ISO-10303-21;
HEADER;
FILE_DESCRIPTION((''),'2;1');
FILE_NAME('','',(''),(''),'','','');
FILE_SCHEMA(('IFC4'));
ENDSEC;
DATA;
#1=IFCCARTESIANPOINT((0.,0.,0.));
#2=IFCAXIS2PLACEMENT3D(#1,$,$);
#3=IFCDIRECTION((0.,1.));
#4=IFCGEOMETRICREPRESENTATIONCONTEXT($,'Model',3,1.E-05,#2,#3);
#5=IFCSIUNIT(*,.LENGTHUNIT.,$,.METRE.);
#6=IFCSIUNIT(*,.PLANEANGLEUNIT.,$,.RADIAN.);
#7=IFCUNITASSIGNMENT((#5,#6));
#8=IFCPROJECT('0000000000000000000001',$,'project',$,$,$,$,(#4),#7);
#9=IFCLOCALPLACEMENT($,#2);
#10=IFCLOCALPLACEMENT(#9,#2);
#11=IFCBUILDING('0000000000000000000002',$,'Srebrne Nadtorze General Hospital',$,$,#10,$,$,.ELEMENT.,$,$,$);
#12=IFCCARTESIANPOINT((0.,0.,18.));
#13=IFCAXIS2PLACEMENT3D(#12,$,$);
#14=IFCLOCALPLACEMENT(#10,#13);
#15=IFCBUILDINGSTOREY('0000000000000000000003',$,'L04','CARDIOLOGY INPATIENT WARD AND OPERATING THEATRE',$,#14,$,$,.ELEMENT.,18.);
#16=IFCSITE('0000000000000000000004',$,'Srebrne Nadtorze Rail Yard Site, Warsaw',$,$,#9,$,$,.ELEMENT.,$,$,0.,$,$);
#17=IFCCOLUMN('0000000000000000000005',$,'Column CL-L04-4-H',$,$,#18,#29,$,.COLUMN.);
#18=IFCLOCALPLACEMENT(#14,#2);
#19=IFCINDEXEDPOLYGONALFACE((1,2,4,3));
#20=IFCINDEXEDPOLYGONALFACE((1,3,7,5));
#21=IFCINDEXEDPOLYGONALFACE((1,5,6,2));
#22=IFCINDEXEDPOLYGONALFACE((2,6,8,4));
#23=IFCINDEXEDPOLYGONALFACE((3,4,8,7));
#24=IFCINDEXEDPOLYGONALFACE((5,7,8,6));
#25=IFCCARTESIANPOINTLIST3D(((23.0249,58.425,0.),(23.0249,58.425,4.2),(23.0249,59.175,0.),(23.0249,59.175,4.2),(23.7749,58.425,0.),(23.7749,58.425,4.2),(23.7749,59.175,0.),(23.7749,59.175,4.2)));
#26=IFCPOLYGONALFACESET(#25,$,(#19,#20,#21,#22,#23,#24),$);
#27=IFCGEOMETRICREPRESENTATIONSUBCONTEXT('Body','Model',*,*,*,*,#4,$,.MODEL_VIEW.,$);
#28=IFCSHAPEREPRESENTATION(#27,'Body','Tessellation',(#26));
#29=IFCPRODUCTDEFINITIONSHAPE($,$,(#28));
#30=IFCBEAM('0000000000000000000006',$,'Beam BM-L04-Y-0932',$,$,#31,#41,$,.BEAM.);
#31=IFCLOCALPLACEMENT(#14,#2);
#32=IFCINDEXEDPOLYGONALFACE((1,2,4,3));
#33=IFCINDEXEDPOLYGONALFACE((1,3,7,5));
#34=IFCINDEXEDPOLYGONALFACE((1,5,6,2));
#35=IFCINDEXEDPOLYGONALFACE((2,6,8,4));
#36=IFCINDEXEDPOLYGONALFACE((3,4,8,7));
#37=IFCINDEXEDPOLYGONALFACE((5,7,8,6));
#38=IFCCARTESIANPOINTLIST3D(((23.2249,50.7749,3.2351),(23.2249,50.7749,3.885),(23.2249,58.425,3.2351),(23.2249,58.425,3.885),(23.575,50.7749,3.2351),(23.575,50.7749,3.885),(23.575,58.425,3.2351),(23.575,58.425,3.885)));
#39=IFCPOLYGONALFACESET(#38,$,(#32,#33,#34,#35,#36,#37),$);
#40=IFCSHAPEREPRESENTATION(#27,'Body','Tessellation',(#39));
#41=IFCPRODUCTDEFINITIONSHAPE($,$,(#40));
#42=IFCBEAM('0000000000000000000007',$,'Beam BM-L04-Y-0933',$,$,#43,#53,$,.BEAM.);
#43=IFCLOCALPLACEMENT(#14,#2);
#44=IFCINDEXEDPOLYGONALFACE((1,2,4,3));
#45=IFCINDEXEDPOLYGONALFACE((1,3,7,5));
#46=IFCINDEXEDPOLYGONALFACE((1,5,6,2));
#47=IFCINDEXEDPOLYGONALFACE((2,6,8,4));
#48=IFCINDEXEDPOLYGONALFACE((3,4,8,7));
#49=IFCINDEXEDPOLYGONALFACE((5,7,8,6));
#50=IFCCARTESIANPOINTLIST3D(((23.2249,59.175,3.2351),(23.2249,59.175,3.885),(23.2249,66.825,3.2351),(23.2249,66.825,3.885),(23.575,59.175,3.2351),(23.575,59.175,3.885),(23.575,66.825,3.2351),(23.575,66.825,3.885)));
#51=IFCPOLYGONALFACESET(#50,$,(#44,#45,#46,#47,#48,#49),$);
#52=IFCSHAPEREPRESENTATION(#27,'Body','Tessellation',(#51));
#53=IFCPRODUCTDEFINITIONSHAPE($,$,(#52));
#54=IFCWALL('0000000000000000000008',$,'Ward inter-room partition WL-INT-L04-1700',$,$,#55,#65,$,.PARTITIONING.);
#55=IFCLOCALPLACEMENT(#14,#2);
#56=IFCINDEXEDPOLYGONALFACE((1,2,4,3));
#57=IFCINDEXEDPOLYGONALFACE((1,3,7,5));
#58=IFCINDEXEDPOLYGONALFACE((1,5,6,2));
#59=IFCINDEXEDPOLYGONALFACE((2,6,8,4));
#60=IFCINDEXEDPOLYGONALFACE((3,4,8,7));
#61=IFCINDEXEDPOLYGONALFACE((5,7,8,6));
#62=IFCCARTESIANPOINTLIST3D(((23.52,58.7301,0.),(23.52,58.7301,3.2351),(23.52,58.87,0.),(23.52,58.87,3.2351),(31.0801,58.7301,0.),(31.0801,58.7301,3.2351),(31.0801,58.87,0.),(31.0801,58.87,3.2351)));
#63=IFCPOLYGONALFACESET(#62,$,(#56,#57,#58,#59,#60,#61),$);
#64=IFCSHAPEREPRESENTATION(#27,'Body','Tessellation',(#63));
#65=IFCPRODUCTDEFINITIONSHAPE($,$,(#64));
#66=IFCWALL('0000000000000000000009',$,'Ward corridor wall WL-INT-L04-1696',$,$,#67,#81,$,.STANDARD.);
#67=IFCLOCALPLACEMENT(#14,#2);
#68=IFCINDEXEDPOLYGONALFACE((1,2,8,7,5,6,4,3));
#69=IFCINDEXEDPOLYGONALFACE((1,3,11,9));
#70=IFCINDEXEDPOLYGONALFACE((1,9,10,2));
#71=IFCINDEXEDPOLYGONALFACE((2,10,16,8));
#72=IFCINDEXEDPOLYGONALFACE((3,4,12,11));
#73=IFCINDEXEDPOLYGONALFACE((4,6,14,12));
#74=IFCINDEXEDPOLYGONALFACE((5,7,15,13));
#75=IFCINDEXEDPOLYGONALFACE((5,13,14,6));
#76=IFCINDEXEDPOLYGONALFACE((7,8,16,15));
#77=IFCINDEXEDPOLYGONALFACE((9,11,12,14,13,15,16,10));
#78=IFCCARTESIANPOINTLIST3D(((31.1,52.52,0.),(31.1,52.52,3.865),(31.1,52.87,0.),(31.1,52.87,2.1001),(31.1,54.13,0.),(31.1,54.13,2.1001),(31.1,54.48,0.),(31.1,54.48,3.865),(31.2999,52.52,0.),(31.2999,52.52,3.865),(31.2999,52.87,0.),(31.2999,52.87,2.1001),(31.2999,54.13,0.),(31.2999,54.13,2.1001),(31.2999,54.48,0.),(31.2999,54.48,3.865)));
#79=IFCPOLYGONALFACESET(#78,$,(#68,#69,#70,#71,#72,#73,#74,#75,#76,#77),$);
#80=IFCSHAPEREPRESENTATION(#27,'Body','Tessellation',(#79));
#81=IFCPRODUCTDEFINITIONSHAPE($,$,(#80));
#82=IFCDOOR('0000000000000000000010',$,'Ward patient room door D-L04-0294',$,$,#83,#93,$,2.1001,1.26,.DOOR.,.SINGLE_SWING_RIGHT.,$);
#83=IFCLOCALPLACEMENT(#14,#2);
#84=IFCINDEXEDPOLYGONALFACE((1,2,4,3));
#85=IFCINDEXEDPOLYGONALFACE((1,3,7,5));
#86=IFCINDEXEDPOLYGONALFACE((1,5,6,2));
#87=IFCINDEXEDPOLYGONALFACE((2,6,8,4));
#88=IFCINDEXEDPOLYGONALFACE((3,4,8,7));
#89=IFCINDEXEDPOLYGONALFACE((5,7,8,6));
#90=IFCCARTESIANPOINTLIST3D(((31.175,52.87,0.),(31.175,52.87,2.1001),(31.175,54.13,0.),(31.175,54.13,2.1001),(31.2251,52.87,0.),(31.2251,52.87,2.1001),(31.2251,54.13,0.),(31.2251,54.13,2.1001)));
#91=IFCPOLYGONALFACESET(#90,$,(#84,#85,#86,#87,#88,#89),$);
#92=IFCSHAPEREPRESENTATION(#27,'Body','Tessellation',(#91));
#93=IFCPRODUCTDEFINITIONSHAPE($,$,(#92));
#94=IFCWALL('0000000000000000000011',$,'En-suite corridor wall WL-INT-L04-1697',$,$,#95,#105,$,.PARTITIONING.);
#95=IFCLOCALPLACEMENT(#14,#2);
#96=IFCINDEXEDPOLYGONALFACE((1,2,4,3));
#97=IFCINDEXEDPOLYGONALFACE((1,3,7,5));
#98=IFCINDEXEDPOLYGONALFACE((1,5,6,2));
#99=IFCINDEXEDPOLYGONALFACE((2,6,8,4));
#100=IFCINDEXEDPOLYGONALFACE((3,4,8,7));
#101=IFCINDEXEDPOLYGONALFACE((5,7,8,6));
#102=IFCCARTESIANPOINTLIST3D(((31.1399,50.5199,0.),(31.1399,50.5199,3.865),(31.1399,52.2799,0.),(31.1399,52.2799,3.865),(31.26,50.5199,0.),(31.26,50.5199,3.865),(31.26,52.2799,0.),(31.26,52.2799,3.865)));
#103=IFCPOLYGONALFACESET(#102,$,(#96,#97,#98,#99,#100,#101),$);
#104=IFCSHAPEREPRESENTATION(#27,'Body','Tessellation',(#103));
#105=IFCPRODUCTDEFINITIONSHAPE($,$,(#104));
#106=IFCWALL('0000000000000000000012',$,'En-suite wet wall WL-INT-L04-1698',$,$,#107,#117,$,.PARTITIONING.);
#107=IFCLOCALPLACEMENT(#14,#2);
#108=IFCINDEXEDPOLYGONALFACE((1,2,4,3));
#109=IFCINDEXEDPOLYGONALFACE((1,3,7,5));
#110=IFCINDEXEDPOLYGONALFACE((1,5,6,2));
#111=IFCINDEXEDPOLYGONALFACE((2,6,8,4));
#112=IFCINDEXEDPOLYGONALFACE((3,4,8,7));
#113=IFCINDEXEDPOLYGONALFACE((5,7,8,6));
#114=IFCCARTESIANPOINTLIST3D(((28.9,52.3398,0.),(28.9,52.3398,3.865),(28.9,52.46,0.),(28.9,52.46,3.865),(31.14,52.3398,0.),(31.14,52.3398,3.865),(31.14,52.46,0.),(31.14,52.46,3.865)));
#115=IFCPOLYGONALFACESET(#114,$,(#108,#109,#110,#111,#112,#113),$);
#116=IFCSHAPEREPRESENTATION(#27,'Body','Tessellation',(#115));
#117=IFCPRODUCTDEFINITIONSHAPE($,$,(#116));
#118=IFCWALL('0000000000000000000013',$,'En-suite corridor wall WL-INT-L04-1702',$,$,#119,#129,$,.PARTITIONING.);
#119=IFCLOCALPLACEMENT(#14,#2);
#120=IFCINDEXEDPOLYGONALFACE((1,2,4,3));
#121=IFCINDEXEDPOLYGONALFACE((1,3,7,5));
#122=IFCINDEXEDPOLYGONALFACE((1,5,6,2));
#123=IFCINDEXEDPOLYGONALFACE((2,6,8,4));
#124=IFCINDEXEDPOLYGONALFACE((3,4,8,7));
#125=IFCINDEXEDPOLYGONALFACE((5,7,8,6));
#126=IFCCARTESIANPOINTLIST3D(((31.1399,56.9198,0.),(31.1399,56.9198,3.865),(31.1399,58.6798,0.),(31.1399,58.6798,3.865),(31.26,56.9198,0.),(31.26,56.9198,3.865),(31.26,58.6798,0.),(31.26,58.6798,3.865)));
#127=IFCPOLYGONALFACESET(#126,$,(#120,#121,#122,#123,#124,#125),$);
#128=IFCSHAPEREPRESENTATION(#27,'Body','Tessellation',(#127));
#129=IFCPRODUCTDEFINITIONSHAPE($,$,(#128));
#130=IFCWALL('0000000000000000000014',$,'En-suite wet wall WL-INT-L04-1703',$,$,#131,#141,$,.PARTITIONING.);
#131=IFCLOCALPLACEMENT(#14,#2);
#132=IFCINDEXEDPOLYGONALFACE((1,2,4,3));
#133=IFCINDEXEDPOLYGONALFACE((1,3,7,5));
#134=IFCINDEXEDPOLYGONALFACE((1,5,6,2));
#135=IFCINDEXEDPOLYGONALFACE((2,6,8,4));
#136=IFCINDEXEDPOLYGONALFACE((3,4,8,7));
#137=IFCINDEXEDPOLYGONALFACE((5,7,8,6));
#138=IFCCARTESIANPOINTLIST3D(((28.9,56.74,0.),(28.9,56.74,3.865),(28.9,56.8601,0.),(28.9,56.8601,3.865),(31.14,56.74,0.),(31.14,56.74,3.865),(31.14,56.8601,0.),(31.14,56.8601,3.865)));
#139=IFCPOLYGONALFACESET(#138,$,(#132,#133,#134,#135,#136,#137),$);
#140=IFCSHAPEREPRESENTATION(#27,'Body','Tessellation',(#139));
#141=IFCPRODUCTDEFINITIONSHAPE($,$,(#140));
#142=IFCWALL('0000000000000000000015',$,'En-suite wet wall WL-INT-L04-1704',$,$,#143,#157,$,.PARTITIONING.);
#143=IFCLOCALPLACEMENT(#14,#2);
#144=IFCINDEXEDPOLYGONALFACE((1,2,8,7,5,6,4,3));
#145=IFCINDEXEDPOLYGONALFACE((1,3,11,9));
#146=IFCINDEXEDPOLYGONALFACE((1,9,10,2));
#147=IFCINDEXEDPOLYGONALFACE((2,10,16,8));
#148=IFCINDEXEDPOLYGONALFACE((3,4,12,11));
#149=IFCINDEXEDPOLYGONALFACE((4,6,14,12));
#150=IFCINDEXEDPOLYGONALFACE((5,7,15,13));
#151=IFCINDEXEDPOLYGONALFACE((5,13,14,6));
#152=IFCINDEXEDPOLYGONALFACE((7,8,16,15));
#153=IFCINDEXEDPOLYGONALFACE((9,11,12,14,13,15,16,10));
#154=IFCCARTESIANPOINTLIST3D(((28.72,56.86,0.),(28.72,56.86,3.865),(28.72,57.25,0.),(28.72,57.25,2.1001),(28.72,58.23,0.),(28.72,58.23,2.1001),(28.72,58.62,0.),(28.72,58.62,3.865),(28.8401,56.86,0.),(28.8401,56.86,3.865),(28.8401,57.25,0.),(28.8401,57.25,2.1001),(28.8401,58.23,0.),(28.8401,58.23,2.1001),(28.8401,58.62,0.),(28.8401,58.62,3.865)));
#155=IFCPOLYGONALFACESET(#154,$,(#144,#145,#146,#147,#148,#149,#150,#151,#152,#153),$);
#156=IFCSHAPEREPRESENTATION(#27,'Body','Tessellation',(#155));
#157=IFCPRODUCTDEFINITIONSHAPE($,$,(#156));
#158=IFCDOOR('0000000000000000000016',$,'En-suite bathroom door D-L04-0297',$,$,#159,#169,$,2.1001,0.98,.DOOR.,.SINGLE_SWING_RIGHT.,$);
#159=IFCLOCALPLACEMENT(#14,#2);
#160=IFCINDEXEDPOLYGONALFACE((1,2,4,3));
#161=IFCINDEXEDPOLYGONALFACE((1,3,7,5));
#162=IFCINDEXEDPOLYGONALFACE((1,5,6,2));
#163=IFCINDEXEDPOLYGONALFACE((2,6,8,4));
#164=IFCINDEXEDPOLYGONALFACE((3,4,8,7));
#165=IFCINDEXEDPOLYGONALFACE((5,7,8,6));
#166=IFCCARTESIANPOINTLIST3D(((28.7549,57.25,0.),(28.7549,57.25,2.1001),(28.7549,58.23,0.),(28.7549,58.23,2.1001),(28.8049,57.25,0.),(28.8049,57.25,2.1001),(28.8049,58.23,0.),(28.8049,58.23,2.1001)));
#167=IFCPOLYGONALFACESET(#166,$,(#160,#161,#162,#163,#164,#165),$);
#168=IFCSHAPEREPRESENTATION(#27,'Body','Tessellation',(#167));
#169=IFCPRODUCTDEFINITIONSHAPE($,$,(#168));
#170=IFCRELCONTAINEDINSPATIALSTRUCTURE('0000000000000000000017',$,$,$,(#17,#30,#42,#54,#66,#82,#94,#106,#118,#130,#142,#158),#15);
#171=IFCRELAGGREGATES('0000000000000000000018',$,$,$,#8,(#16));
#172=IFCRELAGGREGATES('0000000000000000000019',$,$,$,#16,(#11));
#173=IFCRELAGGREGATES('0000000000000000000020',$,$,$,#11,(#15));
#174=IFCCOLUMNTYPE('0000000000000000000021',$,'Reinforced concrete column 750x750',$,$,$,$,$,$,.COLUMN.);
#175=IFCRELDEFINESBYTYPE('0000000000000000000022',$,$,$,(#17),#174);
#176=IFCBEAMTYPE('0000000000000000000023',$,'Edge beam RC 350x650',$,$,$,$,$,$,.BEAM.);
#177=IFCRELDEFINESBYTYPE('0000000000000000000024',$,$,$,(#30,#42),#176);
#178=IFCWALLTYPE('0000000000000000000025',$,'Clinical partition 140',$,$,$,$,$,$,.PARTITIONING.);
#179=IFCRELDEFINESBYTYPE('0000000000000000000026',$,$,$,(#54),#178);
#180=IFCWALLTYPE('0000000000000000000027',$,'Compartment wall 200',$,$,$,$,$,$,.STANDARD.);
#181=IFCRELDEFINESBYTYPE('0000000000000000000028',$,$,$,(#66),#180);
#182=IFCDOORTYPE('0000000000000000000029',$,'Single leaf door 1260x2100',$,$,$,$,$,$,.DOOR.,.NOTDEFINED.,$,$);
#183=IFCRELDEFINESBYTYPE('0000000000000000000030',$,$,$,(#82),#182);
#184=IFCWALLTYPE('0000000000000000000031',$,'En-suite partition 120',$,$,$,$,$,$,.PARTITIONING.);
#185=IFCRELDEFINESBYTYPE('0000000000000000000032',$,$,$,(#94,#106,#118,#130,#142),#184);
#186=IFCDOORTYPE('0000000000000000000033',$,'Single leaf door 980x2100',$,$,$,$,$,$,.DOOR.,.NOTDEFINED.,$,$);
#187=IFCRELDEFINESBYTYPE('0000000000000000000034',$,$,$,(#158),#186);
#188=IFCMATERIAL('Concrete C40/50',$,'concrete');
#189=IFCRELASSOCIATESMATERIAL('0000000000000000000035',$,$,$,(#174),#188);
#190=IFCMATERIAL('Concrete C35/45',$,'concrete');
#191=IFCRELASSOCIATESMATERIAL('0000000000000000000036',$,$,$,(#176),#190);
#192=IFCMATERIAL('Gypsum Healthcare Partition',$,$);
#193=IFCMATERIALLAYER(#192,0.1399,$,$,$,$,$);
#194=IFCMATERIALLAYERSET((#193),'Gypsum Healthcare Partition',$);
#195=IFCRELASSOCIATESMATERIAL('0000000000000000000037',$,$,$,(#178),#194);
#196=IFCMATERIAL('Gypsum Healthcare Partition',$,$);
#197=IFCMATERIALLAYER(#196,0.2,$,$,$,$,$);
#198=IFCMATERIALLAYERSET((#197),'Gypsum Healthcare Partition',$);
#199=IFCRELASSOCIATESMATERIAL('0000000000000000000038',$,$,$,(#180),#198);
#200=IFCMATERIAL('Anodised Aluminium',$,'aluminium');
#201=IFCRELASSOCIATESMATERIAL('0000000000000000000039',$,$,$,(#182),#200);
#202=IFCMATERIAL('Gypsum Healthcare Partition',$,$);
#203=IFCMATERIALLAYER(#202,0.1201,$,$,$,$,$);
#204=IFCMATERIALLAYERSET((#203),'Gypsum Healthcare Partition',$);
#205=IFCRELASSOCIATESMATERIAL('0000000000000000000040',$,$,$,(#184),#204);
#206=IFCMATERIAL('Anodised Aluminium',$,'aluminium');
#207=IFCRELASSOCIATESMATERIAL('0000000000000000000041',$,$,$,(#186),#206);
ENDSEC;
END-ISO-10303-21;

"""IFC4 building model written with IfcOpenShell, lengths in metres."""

from ifc_helpers import new_model, si_unit, direction, frame, frame_2d, origin, origin_2d, place, context, subcontext, project, spatial, rectangle, extrude, material, layer, layer_set, material_profile, profile_set, type_object, element, fill, save


model = new_model("IFC4")

# Units and contexts
model_context = context("Model", 3, precision=1e-05, world=origin(), true_north=direction((0.0, 1.0)))
body_context = subcontext(model_context, "Body", "Model", "MODEL_VIEW")
ifc_project = project(units=[si_unit("LENGTHUNIT", "METRE"), si_unit("PLANEANGLEUNIT", "RADIAN")], contexts=[model_context])

# Site, building, storey
site_placement = place(None, origin())
site = spatial("IfcSite", under=ifc_project, at=site_placement, Name="Srebrne Nadtorze Rail Yard Site, Warsaw", CompositionType="ELEMENT", RefElevation=0.0)
building_placement = place(site_placement, origin())
building = spatial("IfcBuilding", under=site, at=building_placement, Name="Srebrne Nadtorze General Hospital", CompositionType="ELEMENT")
storey_placement = place(building_placement, frame((0.0, 0.0, 18.0)))
storey = spatial("IfcBuildingStorey", under=building, at=storey_placement, Name="L04", Description="CARDIOLOGY INPATIENT WARD AND OPERATING THEATRE", CompositionType="ELEMENT", Elevation=18.0)

# Column
ifc_material_1 = material(Name="Concrete C40/50", Category="concrete")
ifc_material_profile_1 = material_profile(ifc_material_1, rectangle(XDim=0.75, YDim=0.75, at=origin_2d()), Name="RC-COL-750x750")
ifc_profile_set_1 = profile_set([ifc_material_profile_1], Name="Concrete C40/50")
column_type = type_object("IfcColumnType", Name="Reinforced concrete column 750x750", PredefinedType="COLUMN", material=ifc_profile_set_1)
column_placement = place(storey_placement, frame((23.3999, 58.8, 0.0), z_axis=(0.0, 0.0, 1.0), x_axis=(1.0, 0.0, 0.0)))
element("IfcColumn", 1, at=column_placement, inside=storey, type_object=column_type, Name="Column CL-L04-4-H", PredefinedType="COLUMN", context=body_context, shape_type="SweptSolid", body=[
    extrude(rectangle(XDim=0.75, YDim=0.75, at=origin_2d()), origin(), (0.0, 0.0, 1.0), 4.2),
])

# Beams
ifc_material_2 = material(Name="Concrete C35/45", Category="concrete")
ifc_material_profile_2 = material_profile(ifc_material_2, rectangle(XDim=0.3501, YDim=0.6499, at=origin_2d()), Name="RC-BM-350x650")
ifc_profile_set_2 = profile_set([ifc_material_profile_2], Name="Concrete C35/45")
beam_type = type_object("IfcBeamType", Name="Edge beam RC 350x650", PredefinedType="BEAM", material=ifc_profile_set_2)
beam_1_placement = place(storey_placement, frame((23.3999, 50.7749, 3.5601), z_axis=(0.0, 1.0, 0.0), x_axis=(-1.0, 0.0, 0.0)))
element("IfcBeam", 2, at=beam_1_placement, inside=storey, type_object=beam_type, Name="Beam BM-L04-Y-0932", PredefinedType="BEAM", context=body_context, shape_type="SweptSolid", body=[
    extrude(rectangle(XDim=0.3501, YDim=0.6499, at=origin_2d()), origin(), (0.0, 0.0, 1.0), 7.6501),
])
beam_2_placement = place(storey_placement, frame((23.3999, 59.175, 3.5601), z_axis=(0.0, 1.0, 0.0), x_axis=(-1.0, 0.0, 0.0)))
element("IfcBeam", 3, at=beam_2_placement, inside=storey, type_object=beam_type, Name="Beam BM-L04-Y-0933", PredefinedType="BEAM", context=body_context, shape_type="SweptSolid", body=[
    extrude(rectangle(XDim=0.3501, YDim=0.6499, at=origin_2d()), origin(), (0.0, 0.0, 1.0), 7.6499),
])

# Wall
ifc_material_3 = material(Name="Gypsum Healthcare Partition")
ifc_layer_1 = layer(ifc_material_3, 0.1399)
ifc_layer_set_1 = layer_set([ifc_layer_1], Name="Gypsum Healthcare Partition")
wall_type_1 = type_object("IfcWallType", Name="Clinical partition 140", PredefinedType="PARTITIONING", material=ifc_layer_set_1)
wall_1_placement = place(storey_placement, frame((23.52, 58.8, 0.0), z_axis=(0.0, 0.0, 1.0), x_axis=(1.0, 0.0, 0.0)))
element("IfcWall", 4, at=wall_1_placement, inside=storey, type_object=wall_type_1, Name="Ward inter-room partition WL-INT-L04-1700", PredefinedType="PARTITIONING", context=body_context, shape_type="SweptSolid", body=[
    extrude(rectangle(XDim=7.5601, YDim=0.1399, at=frame_2d((3.78, 0.0))), origin(), (0.0, 0.0, 1.0), 3.2351),
])

# Wall, opening, door
ifc_material_4 = material(Name="Gypsum Healthcare Partition")
ifc_layer_2 = layer(ifc_material_4, 0.2)
ifc_layer_set_2 = layer_set([ifc_layer_2], Name="Gypsum Healthcare Partition")
wall_type_2 = type_object("IfcWallType", Name="Compartment wall 200", PredefinedType="STANDARD", material=ifc_layer_set_2)
wall_2_placement = place(storey_placement, frame((31.2, 52.52, 0.0), z_axis=(0.0, 0.0, 1.0), x_axis=(0.0, 1.0, 0.0)))
wall_2 = element("IfcWall", 5, at=wall_2_placement, inside=storey, type_object=wall_type_2, Name="Ward corridor wall WL-INT-L04-1696", PredefinedType="STANDARD", context=body_context, shape_type="SweptSolid", body=[
    extrude(rectangle(XDim=1.96, YDim=0.2, at=frame_2d((0.98, 0.0))), origin(), (0.0, 0.0, 1.0), 3.865),
])
opening_1_placement = place(wall_2_placement, frame((0.3501, 0.0, 0.0)))
opening_1 = element("IfcOpeningElement", 6, at=opening_1_placement, cuts=wall_2, PredefinedType="OPENING", context=body_context, shape_type="SweptSolid", body=[
    extrude(rectangle(XDim=1.26, YDim=2.1001, at=frame_2d((0.6299, 1.05))), frame((0.0, 0.1118, 0.0), z_axis=(0.0, -1.0, 0.0), x_axis=(1.0, 0.0, 0.0)), (0.0, 0.0, 1.0), 0.2239),
])
ifc_material_5 = material(Name="Anodised Aluminium", Category="aluminium")
door_type_1 = type_object("IfcDoorType", Name="Single leaf door 1260x2100", OperationType="NOTDEFINED", PredefinedType="DOOR", material=ifc_material_5)
door_1_placement = place(opening_1_placement, origin())
door_1 = element("IfcDoor", 7, at=door_1_placement, inside=storey, type_object=door_type_1, Name="Ward patient room door D-L04-0294", OperationType="SINGLE_SWING_RIGHT", OverallHeight=2.1001, OverallWidth=1.26, PredefinedType="DOOR", context=body_context, shape_type="SweptSolid", body=[
    extrude(rectangle(XDim=1.26, YDim=2.1001, at=frame_2d((0.6299, 1.05))), frame((0.0, 0.0249, 0.0), z_axis=(0.0, -1.0, 0.0), x_axis=(1.0, 0.0, 0.0)), (0.0, 0.0, 1.0), 0.05),
])
fill(opening_1, door_1)

# Walls
ifc_material_6 = material(Name="Gypsum Healthcare Partition")
ifc_layer_3 = layer(ifc_material_6, 0.1201)
ifc_layer_set_3 = layer_set([ifc_layer_3], Name="Gypsum Healthcare Partition")
wall_type_3 = type_object("IfcWallType", Name="En-suite partition 120", PredefinedType="PARTITIONING", material=ifc_layer_set_3)
wall_3_placement = place(storey_placement, frame((31.2, 50.52, 0.0), z_axis=(0.0, 0.0, 1.0), x_axis=(0.0, 1.0, 0.0)))
element("IfcWall", 8, at=wall_3_placement, inside=storey, type_object=wall_type_3, Name="En-suite corridor wall WL-INT-L04-1697", PredefinedType="PARTITIONING", context=body_context, shape_type="SweptSolid", body=[
    extrude(rectangle(XDim=1.76, YDim=0.1201, at=frame_2d((0.8799, 0.0))), origin(), (0.0, 0.0, 1.0), 3.865),
])
wall_4_placement = place(storey_placement, frame((28.8999, 52.3999, 0.0), z_axis=(0.0, 0.0, 1.0), x_axis=(1.0, 0.0, 0.0)))
element("IfcWall", 9, at=wall_4_placement, inside=storey, type_object=wall_type_3, Name="En-suite wet wall WL-INT-L04-1698", PredefinedType="PARTITIONING", context=body_context, shape_type="SweptSolid", body=[
    extrude(rectangle(XDim=2.24, YDim=0.1201, at=frame_2d((1.1201, 0.0))), origin(), (0.0, 0.0, 1.0), 3.865),
])

# Walls
wall_5_placement = place(storey_placement, frame((31.2, 56.9199, 0.0), z_axis=(0.0, 0.0, 1.0), x_axis=(0.0, 1.0, 0.0)))
element("IfcWall", 10, at=wall_5_placement, inside=storey, type_object=wall_type_3, Name="En-suite corridor wall WL-INT-L04-1702", PredefinedType="PARTITIONING", context=body_context, shape_type="SweptSolid", body=[
    extrude(rectangle(XDim=1.76, YDim=0.1201, at=frame_2d((0.8799, 0.0))), origin(), (0.0, 0.0, 1.0), 3.865),
])
wall_6_placement = place(storey_placement, frame((28.8999, 56.8, 0.0), z_axis=(0.0, 0.0, 1.0), x_axis=(1.0, 0.0, 0.0)))
element("IfcWall", 11, at=wall_6_placement, inside=storey, type_object=wall_type_3, Name="En-suite wet wall WL-INT-L04-1703", PredefinedType="PARTITIONING", context=body_context, shape_type="SweptSolid", body=[
    extrude(rectangle(XDim=2.24, YDim=0.1201, at=frame_2d((1.1201, 0.0))), origin(), (0.0, 0.0, 1.0), 3.865),
])

# Wall, opening, door
wall_7_placement = place(storey_placement, frame((28.78, 56.8601, 0.0), z_axis=(0.0, 0.0, 1.0), x_axis=(0.0, 1.0, 0.0)))
wall_7 = element("IfcWall", 12, at=wall_7_placement, inside=storey, type_object=wall_type_3, Name="En-suite wet wall WL-INT-L04-1704", PredefinedType="PARTITIONING", context=body_context, shape_type="SweptSolid", body=[
    extrude(rectangle(XDim=1.76, YDim=0.1201, at=frame_2d((0.8799, 0.0))), origin(), (0.0, 0.0, 1.0), 3.865),
])
opening_2_placement = place(wall_7_placement, frame((0.3899, 0.0, 0.0)))
opening_2 = element("IfcOpeningElement", 13, at=opening_2_placement, cuts=wall_7, PredefinedType="OPENING", context=body_context, shape_type="SweptSolid", body=[
    extrude(rectangle(XDim=0.98, YDim=2.1001, at=frame_2d((0.49, 1.05))), frame((0.0, 0.072, 0.0), z_axis=(0.0, -1.0, 0.0), x_axis=(1.0, 0.0, 0.0)), (0.0, 0.0, 1.0), 0.144),
])
ifc_material_7 = material(Name="Anodised Aluminium", Category="aluminium")
door_type_2 = type_object("IfcDoorType", Name="Single leaf door 980x2100", OperationType="NOTDEFINED", PredefinedType="DOOR", material=ifc_material_7)
door_2_placement = place(opening_2_placement, frame((0.98, 0.0, 0.0), z_axis=(0.0, 0.0, 1.0), x_axis=(-1.0, 0.0, 0.0)))
door_2 = element("IfcDoor", 14, at=door_2_placement, inside=storey, type_object=door_type_2, Name="En-suite bathroom door D-L04-0297", OperationType="SINGLE_SWING_RIGHT", OverallHeight=2.1001, OverallWidth=0.98, PredefinedType="DOOR", context=body_context, shape_type="SweptSolid", body=[
    extrude(rectangle(XDim=0.98, YDim=2.1001, at=frame_2d((0.49, 1.05))), frame((0.0, 0.0249, 0.0), z_axis=(0.0, -1.0, 0.0), x_axis=(1.0, 0.0, 0.0)), (0.0, 0.0, 1.0), 0.05),
])
fill(opening_2, door_2)

save(model, "model.ifc")
